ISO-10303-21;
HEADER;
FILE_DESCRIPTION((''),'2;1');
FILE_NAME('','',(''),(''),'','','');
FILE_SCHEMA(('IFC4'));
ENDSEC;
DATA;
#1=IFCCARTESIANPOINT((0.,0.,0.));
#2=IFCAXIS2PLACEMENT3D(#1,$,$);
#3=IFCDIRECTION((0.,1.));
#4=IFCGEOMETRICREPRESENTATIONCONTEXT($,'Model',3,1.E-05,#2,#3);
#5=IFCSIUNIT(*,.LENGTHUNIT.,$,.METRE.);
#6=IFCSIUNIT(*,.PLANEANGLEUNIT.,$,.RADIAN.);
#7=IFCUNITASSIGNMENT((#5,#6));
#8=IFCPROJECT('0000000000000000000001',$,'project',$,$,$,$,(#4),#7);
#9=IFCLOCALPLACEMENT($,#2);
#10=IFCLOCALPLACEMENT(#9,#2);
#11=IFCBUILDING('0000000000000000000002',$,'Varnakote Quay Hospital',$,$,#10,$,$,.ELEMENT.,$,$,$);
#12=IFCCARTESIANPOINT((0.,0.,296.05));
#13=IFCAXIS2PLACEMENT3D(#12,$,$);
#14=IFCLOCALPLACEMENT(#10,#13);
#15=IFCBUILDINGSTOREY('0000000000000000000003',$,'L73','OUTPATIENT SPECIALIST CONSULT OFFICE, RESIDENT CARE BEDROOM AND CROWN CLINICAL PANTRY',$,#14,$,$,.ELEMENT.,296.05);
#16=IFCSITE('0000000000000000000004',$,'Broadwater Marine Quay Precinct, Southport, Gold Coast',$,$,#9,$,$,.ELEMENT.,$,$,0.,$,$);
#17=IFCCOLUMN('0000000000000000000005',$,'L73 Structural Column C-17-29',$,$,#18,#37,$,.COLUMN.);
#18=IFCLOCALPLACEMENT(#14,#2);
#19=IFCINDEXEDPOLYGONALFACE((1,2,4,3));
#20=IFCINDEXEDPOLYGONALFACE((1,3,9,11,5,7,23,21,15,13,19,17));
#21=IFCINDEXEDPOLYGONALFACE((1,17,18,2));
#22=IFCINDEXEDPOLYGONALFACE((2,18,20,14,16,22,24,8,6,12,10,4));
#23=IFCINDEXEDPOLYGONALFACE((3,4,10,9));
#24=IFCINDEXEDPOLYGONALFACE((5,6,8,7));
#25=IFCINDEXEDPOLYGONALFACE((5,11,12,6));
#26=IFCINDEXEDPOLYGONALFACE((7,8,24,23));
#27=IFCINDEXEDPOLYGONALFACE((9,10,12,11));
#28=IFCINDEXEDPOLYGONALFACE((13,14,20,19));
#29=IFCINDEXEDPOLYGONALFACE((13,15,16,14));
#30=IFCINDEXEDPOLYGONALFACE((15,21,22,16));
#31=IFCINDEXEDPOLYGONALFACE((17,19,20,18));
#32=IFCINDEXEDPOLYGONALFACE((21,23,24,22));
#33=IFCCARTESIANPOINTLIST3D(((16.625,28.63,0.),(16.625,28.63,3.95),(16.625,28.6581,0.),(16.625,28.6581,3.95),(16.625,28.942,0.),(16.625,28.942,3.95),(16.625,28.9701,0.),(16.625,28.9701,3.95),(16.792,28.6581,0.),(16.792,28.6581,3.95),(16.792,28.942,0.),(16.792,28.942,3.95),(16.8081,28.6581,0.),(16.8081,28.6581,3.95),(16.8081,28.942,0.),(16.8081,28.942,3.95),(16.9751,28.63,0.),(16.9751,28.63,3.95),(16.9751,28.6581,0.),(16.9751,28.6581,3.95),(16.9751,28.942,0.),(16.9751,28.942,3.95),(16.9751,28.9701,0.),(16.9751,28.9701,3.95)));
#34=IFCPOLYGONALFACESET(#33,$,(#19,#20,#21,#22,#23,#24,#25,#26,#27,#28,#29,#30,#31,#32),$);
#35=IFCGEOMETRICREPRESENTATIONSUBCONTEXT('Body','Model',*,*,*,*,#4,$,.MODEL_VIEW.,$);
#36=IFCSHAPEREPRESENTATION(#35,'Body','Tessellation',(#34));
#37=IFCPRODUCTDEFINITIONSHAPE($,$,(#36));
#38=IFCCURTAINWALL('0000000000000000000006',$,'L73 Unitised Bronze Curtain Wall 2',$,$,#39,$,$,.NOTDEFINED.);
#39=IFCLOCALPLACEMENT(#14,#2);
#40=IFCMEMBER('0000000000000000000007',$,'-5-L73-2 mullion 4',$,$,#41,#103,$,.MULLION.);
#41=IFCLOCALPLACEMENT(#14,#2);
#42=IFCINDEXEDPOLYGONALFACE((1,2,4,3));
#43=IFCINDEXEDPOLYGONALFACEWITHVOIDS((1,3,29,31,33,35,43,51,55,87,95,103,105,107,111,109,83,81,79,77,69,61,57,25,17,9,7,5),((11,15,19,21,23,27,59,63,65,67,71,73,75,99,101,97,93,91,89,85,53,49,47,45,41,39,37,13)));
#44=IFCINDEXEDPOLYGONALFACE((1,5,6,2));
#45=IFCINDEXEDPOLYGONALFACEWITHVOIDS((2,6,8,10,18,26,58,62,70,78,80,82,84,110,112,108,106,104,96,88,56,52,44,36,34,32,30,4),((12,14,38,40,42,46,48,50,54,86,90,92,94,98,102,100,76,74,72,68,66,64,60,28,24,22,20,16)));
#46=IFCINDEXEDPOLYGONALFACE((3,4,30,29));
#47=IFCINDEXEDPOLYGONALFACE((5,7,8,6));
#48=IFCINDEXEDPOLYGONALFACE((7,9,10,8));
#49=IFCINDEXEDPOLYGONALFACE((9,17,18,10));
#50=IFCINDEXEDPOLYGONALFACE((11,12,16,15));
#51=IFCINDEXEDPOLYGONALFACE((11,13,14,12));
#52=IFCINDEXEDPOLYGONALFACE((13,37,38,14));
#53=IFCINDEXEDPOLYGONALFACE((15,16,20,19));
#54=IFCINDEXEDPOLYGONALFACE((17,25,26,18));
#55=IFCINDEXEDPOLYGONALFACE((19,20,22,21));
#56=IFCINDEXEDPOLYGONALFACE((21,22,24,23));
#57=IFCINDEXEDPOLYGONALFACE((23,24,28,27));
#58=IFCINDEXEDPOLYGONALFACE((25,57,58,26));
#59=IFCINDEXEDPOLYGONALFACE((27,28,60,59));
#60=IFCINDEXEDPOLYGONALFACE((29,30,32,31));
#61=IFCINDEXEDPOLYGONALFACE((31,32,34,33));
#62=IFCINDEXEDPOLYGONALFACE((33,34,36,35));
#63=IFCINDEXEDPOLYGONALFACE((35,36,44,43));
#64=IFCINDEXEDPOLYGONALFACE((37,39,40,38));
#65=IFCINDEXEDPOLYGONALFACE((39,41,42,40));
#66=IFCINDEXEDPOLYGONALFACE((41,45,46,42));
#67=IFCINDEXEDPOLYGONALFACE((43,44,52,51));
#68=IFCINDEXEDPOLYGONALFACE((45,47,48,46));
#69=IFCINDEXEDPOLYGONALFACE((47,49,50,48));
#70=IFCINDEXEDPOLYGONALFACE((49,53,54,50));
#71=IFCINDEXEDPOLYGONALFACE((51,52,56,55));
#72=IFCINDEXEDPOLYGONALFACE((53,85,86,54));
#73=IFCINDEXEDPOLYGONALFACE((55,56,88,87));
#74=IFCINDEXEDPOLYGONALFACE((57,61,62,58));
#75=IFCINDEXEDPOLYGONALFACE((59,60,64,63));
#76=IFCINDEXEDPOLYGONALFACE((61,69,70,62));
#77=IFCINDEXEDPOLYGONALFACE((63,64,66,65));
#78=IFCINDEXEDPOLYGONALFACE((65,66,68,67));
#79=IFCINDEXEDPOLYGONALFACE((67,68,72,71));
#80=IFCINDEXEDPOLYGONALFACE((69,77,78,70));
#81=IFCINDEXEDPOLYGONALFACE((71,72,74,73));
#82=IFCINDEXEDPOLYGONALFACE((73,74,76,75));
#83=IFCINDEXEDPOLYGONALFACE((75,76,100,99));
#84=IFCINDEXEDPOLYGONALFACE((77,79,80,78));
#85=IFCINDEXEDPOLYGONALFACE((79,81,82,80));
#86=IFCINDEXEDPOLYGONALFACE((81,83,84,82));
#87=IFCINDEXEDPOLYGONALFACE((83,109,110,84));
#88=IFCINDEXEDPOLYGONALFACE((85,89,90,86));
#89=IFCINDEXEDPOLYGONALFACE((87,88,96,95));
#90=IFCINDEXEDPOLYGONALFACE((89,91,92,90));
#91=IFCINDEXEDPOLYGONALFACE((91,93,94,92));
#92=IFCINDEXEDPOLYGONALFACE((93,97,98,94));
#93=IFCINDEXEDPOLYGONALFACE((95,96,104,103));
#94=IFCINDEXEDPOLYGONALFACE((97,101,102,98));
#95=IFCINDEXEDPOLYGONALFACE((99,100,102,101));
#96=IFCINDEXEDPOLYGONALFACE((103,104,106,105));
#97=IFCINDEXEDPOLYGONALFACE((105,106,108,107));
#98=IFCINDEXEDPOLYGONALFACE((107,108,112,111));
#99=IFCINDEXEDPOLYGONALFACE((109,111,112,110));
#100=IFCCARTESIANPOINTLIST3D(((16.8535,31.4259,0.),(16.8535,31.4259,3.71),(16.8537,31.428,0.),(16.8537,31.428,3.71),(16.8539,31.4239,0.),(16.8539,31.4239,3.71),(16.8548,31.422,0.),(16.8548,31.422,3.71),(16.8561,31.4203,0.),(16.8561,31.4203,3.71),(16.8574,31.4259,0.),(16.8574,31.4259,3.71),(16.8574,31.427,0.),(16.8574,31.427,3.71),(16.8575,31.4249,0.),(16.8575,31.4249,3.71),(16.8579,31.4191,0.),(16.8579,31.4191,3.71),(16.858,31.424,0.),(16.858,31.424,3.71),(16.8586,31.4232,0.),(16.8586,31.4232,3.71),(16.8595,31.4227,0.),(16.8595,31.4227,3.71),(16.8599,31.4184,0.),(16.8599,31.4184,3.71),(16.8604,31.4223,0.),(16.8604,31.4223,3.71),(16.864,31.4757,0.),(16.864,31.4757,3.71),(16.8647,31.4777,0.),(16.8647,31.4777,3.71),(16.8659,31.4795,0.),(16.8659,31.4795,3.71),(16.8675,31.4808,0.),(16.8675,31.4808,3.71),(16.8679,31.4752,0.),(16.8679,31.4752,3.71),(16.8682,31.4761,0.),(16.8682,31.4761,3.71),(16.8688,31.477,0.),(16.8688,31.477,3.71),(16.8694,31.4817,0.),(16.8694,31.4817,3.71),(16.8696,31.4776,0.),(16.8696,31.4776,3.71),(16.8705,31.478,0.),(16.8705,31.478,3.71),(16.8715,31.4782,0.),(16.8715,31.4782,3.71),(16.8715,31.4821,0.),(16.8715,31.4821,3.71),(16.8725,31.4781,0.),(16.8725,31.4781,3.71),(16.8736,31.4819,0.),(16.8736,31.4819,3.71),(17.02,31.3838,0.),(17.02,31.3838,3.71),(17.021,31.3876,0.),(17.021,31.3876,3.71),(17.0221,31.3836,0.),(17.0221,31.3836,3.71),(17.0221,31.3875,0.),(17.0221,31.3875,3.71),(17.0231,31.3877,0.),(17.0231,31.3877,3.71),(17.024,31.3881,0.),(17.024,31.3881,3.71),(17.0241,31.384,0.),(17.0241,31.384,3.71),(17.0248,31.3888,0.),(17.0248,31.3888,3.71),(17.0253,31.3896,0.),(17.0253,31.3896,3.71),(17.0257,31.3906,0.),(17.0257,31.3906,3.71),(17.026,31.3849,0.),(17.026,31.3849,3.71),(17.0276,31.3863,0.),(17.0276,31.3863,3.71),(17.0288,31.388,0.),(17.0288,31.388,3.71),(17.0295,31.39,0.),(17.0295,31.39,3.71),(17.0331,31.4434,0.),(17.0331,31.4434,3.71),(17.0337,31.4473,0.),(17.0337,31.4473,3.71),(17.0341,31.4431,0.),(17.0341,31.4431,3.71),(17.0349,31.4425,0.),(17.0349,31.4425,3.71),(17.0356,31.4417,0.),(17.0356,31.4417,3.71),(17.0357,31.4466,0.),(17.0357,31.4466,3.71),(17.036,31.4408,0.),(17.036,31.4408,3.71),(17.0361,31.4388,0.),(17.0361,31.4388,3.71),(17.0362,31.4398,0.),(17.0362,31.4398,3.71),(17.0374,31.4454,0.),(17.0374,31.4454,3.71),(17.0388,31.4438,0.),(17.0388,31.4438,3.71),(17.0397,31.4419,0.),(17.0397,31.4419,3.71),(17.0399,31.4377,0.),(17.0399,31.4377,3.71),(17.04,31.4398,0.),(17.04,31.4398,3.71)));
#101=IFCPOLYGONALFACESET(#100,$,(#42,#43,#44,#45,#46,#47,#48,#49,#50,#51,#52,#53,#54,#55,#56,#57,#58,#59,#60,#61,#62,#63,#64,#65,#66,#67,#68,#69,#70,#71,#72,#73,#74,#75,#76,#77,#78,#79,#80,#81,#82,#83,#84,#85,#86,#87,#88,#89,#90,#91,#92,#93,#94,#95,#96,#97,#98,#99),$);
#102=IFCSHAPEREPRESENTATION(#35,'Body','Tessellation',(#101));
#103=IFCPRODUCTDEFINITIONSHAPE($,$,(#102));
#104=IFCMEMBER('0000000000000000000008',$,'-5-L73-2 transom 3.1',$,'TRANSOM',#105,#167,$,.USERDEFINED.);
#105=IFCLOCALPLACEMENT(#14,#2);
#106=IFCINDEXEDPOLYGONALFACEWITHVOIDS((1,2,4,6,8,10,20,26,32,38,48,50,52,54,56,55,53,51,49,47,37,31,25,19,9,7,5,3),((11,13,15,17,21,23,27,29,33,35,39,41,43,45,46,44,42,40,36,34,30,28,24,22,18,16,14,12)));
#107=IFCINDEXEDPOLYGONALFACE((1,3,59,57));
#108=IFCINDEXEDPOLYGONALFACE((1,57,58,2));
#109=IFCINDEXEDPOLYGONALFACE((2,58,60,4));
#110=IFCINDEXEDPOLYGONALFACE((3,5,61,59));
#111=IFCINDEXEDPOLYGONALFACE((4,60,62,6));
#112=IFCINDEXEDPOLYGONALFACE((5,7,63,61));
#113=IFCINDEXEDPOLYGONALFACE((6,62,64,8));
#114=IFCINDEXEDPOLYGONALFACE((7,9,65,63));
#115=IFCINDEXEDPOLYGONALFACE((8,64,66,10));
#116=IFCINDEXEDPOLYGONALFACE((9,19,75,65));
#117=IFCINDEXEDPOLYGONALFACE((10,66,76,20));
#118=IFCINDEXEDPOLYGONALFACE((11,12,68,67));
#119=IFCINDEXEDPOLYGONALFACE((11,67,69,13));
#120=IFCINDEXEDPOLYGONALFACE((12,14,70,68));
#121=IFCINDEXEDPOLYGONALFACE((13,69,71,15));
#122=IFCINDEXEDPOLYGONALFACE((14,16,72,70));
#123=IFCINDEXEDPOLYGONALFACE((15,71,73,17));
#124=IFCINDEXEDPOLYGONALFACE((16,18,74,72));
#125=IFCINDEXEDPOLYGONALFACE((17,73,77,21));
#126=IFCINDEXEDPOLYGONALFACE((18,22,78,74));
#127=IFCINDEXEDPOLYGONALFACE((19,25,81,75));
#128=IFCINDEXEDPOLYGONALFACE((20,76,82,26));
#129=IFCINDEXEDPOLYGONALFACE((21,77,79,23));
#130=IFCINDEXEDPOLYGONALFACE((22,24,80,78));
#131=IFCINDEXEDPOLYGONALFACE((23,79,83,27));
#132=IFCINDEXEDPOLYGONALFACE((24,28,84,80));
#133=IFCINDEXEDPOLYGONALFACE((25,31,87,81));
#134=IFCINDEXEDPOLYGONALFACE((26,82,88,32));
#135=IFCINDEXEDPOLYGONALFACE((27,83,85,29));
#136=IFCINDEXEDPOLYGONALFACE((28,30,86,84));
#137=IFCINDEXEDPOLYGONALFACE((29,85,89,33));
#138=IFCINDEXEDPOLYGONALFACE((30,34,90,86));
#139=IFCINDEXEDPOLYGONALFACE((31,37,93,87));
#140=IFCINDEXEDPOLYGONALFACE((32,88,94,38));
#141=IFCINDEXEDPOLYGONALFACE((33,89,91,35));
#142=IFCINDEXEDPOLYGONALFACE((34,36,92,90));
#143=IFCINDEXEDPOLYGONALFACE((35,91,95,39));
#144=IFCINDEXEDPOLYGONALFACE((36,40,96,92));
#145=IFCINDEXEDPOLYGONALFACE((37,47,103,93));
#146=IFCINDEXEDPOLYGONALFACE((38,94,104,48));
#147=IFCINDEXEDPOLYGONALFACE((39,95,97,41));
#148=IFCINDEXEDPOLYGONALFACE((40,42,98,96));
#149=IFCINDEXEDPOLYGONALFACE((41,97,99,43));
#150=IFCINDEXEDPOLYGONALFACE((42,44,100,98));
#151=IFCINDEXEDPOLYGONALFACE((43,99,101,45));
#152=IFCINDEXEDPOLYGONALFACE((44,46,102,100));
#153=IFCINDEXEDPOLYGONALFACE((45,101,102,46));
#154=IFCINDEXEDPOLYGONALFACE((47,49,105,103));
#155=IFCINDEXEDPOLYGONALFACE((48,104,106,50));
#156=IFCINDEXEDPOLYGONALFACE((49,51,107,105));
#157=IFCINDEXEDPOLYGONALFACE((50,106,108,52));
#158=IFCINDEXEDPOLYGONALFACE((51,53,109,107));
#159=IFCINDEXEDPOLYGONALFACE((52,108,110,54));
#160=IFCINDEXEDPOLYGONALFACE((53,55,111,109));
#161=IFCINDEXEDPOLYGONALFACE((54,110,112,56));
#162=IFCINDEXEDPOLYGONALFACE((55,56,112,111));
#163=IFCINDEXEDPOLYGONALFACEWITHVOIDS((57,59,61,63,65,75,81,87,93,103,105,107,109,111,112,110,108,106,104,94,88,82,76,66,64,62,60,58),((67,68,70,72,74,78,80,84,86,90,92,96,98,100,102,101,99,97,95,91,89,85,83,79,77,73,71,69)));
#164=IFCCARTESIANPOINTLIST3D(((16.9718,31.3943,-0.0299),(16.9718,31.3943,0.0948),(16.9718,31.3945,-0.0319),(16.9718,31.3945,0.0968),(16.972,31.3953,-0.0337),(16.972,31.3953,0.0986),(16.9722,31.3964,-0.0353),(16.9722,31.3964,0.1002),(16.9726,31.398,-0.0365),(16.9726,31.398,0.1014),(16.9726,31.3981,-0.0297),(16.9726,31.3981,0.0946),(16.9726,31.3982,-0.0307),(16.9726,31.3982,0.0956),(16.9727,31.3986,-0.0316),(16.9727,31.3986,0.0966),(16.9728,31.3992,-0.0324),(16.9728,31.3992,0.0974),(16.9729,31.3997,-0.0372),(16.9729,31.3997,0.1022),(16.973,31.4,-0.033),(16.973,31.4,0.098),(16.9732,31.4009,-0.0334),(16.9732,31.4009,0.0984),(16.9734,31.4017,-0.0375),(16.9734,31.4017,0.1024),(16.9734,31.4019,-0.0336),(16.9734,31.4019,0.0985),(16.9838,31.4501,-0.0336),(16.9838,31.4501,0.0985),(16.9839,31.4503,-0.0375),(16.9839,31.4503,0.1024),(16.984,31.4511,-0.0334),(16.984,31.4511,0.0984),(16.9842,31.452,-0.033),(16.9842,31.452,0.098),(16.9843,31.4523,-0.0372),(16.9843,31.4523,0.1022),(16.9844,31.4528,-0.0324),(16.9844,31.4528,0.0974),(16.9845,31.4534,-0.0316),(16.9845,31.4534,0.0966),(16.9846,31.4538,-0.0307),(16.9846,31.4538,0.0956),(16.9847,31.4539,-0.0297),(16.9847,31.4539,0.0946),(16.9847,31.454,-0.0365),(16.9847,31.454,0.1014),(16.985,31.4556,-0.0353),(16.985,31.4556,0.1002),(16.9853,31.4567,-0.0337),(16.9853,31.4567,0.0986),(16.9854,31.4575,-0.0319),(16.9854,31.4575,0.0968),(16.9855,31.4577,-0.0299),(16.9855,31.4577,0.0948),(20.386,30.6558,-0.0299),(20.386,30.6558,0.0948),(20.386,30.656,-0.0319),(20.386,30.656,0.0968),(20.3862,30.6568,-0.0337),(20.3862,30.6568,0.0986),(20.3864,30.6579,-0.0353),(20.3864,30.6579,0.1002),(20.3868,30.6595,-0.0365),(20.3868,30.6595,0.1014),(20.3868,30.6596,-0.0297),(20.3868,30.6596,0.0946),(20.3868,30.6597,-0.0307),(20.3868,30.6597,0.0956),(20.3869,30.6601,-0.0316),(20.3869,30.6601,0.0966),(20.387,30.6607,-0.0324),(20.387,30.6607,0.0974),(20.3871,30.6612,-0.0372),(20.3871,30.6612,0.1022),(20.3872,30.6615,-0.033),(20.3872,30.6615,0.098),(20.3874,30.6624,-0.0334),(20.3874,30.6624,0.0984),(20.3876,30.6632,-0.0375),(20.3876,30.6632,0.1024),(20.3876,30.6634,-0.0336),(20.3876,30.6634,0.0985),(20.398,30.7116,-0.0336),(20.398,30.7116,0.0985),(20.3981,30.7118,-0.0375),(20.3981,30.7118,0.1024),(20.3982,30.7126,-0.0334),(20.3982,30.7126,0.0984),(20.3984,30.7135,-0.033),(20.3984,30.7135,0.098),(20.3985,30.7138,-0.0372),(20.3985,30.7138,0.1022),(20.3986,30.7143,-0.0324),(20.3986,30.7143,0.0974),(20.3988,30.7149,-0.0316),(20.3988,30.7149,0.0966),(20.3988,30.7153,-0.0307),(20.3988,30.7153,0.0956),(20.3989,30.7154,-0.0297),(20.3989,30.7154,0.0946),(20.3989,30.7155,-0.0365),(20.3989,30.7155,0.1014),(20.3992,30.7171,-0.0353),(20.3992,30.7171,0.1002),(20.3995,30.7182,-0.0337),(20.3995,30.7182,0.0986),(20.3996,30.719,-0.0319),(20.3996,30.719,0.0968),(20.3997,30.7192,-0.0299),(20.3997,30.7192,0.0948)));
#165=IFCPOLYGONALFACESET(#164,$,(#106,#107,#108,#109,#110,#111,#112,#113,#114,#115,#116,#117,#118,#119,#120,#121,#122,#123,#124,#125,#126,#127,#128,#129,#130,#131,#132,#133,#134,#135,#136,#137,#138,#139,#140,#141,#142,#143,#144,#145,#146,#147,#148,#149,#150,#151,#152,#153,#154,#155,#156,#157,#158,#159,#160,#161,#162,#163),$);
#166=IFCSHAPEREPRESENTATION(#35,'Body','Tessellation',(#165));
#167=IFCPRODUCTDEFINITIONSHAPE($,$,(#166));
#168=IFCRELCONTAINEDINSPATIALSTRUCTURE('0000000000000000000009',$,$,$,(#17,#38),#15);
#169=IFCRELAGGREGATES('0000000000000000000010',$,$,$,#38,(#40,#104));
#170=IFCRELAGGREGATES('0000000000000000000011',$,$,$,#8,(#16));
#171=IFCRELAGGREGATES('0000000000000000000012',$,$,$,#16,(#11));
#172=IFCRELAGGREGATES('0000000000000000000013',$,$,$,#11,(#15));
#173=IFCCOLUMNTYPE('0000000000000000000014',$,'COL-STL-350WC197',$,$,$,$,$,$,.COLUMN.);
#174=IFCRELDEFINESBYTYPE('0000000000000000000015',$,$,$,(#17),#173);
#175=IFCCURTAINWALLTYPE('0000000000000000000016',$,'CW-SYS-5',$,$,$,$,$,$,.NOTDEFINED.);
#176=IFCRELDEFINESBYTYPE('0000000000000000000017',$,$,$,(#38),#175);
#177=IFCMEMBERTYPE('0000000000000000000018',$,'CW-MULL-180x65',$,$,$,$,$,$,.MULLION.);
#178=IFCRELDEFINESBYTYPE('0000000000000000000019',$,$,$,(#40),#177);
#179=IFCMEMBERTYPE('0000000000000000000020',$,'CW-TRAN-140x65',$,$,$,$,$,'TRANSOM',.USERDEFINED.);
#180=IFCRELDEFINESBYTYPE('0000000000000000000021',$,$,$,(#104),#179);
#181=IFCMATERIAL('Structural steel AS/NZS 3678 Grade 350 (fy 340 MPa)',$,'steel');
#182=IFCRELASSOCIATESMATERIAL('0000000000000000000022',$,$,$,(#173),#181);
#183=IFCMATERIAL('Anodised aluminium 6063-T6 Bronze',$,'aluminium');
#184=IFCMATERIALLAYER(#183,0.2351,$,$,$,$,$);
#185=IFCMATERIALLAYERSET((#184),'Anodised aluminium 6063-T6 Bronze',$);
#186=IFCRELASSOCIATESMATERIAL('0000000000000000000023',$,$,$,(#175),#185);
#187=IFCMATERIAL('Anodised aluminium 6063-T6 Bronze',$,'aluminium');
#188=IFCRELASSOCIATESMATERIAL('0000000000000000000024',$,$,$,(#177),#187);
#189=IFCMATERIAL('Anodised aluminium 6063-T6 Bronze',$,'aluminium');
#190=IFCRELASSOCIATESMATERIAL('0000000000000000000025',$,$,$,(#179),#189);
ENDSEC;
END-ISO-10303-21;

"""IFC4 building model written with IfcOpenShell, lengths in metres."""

from ifc_helpers import new_model, si_unit, direction, frame, origin, origin_2d, place, context, subcontext, project, spatial, hollow_rectangle, i_section, extrude, material, layer, layer_set, material_profile, profile_set, type_object, element, aggregate, save


model = new_model("IFC4")

# Units and contexts
model_context = context("Model", 3, precision=1e-05, world=origin(), true_north=direction((0.0, 1.0)))
body_context = subcontext(model_context, "Body", "Model", "MODEL_VIEW")
ifc_project = project(units=[si_unit("LENGTHUNIT", "METRE"), si_unit("PLANEANGLEUNIT", "RADIAN")], contexts=[model_context])

# Site, building, storey
site_placement = place(None, origin())
site = spatial("IfcSite", under=ifc_project, at=site_placement, Name="Broadwater Marine Quay Precinct, Southport, Gold Coast", CompositionType="ELEMENT", RefElevation=0.0)
building_placement = place(site_placement, origin())
building = spatial("IfcBuilding", under=site, at=building_placement, Name="Varnakote Quay Hospital", CompositionType="ELEMENT")
storey_placement = place(building_placement, frame((0.0, 0.0, 296.05)))
storey = spatial("IfcBuildingStorey", under=building, at=storey_placement, Name="L73", Description="OUTPATIENT SPECIALIST CONSULT OFFICE, RESIDENT CARE BEDROOM AND CROWN CLINICAL PANTRY", CompositionType="ELEMENT", Elevation=296.05)

# Column
ifc_material_1 = material(Name="Structural steel AS/NZS 3678 Grade 350 (fy 340 MPa)", Category="steel")
ifc_material_profile_1 = material_profile(ifc_material_1, i_section(OverallWidth=0.3501, OverallDepth=0.3401, WebThickness=0.0161, FlangeThickness=0.0281, at=origin_2d()), Name="350WC197")
ifc_profile_set_1 = profile_set([ifc_material_profile_1], Name="Structural steel AS/NZS 3678 Grade 350 (fy 340 MPa)")
column_type = type_object("IfcColumnType", Name="COL-STL-350WC197", PredefinedType="COLUMN", material=ifc_profile_set_1)
column_placement = place(storey_placement, frame((16.8, 28.8, 0.0), z_axis=(0.0, 0.0, 1.0), x_axis=(1.0, 0.0, 0.0)))
element("IfcColumn", 1, at=column_placement, inside=storey, type_object=column_type, Name="L73 Structural Column C-17-29", PredefinedType="COLUMN", context=body_context, shape_type="SweptSolid", body=[
    extrude(i_section(OverallWidth=0.3501, OverallDepth=0.3401, WebThickness=0.0161, FlangeThickness=0.0281, at=origin_2d()), origin(), (0.0, 0.0, 1.0), 3.95),
])

# Curtain wall, members
ifc_material_2 = material(Name="Anodised aluminium 6063-T6 Bronze", Category="aluminium")
ifc_layer_1 = layer(ifc_material_2, 0.2351)
ifc_layer_set_1 = layer_set([ifc_layer_1], Name="Anodised aluminium 6063-T6 Bronze")
curtain_wall_type = type_object("IfcCurtainWallType", Name="CW-SYS-5", PredefinedType="NOTDEFINED", material=ifc_layer_set_1)
curtain_wall_placement = place(storey_placement, origin())
curtain_wall = element("IfcCurtainWall", 2, at=curtain_wall_placement, inside=storey, type_object=curtain_wall_type, Name="L73 Unitised Bronze Curtain Wall 2", PredefinedType="NOTDEFINED")
ifc_material_3 = material(Name="Anodised aluminium 6063-T6 Bronze", Category="aluminium")
ifc_material_profile_2 = material_profile(ifc_material_3, hollow_rectangle(XDim=0.0649, YDim=0.1799, WallThickness=0.0039, InnerFilletRadius=0.0039, OuterFilletRadius=0.0081, at=origin_2d()), Name="CW-MULL-180x65")
ifc_profile_set_2 = profile_set([ifc_material_profile_2], Name="Anodised aluminium 6063-T6 Bronze")
member_type_1 = type_object("IfcMemberType", Name="CW-MULL-180x65", PredefinedType="MULLION", material=ifc_profile_set_2)
member_1_placement = place(storey_placement, frame((16.9468, 31.4329, 0.0), z_axis=(0.0, 0.0, 1.0), x_axis=(-0.211408, -0.977398, 0.0)))
member_1 = element("IfcMember", 3, at=member_1_placement, type_object=member_type_1, Name="-5-L73-2 mullion 4", PredefinedType="MULLION", context=body_context, shape_type="SweptSolid", body=[
    extrude(hollow_rectangle(XDim=0.0649, YDim=0.1799, WallThickness=0.0039, InnerFilletRadius=0.0039, OuterFilletRadius=0.0081, at=origin_2d()), origin(), (0.0, 0.0, 1.0), 3.71),
])
ifc_material_4 = material(Name="Anodised aluminium 6063-T6 Bronze", Category="aluminium")
ifc_material_profile_3 = material_profile(ifc_material_4, hollow_rectangle(XDim=0.0649, YDim=0.1399, WallThickness=0.0039, InnerFilletRadius=0.0039, OuterFilletRadius=0.0076, at=origin_2d()), Name="CW-TRAN-140x65")
ifc_profile_set_3 = profile_set([ifc_material_profile_3], Name="Anodised aluminium 6063-T6 Bronze")
member_type_2 = type_object("IfcMemberType", Name="CW-TRAN-140x65", ElementType="TRANSOM", PredefinedType="USERDEFINED", material=ifc_profile_set_3)
member_2_placement = place(storey_placement, frame((20.3928, 30.6875, 0.0325), z_axis=(-0.977397, 0.211414, 0.0), x_axis=(-0.211414, -0.977397, 0.0)))
member_2 = element("IfcMember", 4, at=member_2_placement, type_object=member_type_2, Name="-5-L73-2 transom 3.1", ObjectType="TRANSOM", PredefinedType="USERDEFINED", context=body_context, shape_type="SweptSolid", body=[
    extrude(hollow_rectangle(XDim=0.0649, YDim=0.1399, WallThickness=0.0039, InnerFilletRadius=0.0039, OuterFilletRadius=0.0076, at=origin_2d()), origin(), (0.0, 0.0, 1.0), 3.4932),
])

aggregate(curtain_wall, [member_1, member_2])

save(model, "model.ifc")
